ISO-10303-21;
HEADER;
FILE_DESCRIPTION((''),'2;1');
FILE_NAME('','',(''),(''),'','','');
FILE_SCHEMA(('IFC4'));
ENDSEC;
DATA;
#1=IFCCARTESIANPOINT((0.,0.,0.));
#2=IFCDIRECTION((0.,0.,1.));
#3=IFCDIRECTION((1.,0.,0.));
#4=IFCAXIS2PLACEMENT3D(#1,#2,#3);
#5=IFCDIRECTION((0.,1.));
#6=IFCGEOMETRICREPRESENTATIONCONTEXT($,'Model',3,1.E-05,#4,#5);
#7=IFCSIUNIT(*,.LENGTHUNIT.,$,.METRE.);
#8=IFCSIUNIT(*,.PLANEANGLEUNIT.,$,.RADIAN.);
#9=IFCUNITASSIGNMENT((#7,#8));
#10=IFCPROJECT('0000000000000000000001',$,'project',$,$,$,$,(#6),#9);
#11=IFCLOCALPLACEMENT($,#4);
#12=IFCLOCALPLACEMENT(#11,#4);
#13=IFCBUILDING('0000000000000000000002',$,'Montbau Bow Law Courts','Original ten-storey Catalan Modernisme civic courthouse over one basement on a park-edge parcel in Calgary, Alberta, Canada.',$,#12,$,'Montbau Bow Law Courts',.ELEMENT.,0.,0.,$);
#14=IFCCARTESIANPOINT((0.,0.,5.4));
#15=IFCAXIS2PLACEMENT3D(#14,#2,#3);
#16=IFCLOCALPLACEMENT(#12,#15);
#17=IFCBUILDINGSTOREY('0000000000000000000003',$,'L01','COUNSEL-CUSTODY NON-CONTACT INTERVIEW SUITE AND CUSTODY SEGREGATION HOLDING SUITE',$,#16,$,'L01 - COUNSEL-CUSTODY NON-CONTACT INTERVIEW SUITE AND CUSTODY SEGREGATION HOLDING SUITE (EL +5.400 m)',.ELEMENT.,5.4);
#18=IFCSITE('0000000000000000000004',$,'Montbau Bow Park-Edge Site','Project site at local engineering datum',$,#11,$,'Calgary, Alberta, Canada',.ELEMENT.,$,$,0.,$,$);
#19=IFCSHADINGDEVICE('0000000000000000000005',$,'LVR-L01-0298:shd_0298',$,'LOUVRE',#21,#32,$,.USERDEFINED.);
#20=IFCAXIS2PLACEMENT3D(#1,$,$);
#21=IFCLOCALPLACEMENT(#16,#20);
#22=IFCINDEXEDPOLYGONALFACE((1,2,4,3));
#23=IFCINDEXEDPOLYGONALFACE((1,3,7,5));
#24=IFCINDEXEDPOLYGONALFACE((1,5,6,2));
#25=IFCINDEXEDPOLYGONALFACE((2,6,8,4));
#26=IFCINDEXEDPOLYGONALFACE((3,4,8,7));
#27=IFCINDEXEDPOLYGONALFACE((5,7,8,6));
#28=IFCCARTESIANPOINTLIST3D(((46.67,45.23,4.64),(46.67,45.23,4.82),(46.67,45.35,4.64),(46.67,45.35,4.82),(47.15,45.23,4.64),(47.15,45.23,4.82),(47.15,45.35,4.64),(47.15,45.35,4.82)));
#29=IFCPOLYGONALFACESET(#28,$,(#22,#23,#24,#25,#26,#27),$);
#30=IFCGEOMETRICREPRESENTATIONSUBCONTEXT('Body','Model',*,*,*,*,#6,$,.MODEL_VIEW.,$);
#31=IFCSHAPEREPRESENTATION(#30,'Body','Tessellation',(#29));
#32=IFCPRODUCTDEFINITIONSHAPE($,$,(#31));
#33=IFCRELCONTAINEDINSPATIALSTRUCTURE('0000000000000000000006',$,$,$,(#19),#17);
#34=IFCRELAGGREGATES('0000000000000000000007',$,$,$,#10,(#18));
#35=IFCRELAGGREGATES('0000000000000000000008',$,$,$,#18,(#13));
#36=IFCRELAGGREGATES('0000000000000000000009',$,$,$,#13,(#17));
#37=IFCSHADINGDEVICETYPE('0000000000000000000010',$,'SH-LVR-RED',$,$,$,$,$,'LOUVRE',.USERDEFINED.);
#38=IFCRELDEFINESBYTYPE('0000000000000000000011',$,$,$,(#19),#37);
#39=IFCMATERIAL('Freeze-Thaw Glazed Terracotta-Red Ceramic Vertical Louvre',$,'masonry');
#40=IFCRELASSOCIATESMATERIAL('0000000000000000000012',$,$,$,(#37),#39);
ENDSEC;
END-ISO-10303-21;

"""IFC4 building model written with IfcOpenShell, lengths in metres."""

from ifc_helpers import new_model, si_unit, direction, frame, origin_with_axes, origin_2d_with_axis, place, context, subcontext, project, spatial, rectangle, extrude, material, type_object, element, save


model = new_model("IFC4")

# Units and contexts
model_context = context("Model", 3, precision=1e-05, world=origin_with_axes(), true_north=direction((0.0, 1.0)))
body_context = subcontext(model_context, "Body", "Model", "MODEL_VIEW")
ifc_project = project(units=[si_unit("LENGTHUNIT", "METRE"), si_unit("PLANEANGLEUNIT", "RADIAN")], contexts=[model_context])

# Site, building, storey
site_placement = place(None, origin_with_axes())
site = spatial("IfcSite", under=ifc_project, at=site_placement, Name="Montbau Bow Park-Edge Site", Description="Project site at local engineering datum", LongName="Calgary, Alberta, Canada", CompositionType="ELEMENT", RefElevation=0.0)
building_placement = place(site_placement, origin_with_axes())
building = spatial("IfcBuilding", under=site, at=building_placement, Name="Montbau Bow Law Courts", Description="Original ten-storey Catalan Modernisme civic courthouse over one basement on a park-edge parcel in Calgary, Alberta, Canada.", LongName="Montbau Bow Law Courts", CompositionType="ELEMENT", ElevationOfRefHeight=0.0, ElevationOfTerrain=0.0)
storey_placement = place(building_placement, frame((0.0, 0.0, 5.4), z_axis=(0.0, 0.0, 1.0), x_axis=(1.0, 0.0, 0.0)))
storey = spatial("IfcBuildingStorey", under=building, at=storey_placement, Name="L01", Description="COUNSEL-CUSTODY NON-CONTACT INTERVIEW SUITE AND CUSTODY SEGREGATION HOLDING SUITE", LongName="L01 - COUNSEL-CUSTODY NON-CONTACT INTERVIEW SUITE AND CUSTODY SEGREGATION HOLDING SUITE (EL +5.400 m)", CompositionType="ELEMENT", Elevation=5.4)

# Shading device
ifc_material_1 = material(Name="Freeze-Thaw Glazed Terracotta-Red Ceramic Vertical Louvre", Category="masonry")
shading_device_type_1 = type_object("IfcShadingDeviceType", Name="SH-LVR-RED", ElementType="LOUVRE", PredefinedType="USERDEFINED", material=ifc_material_1)
for number, where, z_axis, x_axis, name in (
    (1, (46.91, 45.29, 10.04), (0.0, 0.0, 1.0), (1.0, 0.0, 0.0), "LVR-L01-0298:shd_0298"),
):
    element("IfcShadingDevice", number, at=place(None, frame(where, z_axis=z_axis, x_axis=x_axis)), inside=storey, type_object=shading_device_type_1, Name=name, ObjectType="LOUVRE", PredefinedType="USERDEFINED", context=body_context, shape_type="SweptSolid", body=[
        extrude(rectangle(XDim=0.48, YDim=0.12, at=origin_2d_with_axis()), origin_with_axes(), (0.0, 0.0, 1.0), 0.18),
    ])

save(model, "model.ifc")
